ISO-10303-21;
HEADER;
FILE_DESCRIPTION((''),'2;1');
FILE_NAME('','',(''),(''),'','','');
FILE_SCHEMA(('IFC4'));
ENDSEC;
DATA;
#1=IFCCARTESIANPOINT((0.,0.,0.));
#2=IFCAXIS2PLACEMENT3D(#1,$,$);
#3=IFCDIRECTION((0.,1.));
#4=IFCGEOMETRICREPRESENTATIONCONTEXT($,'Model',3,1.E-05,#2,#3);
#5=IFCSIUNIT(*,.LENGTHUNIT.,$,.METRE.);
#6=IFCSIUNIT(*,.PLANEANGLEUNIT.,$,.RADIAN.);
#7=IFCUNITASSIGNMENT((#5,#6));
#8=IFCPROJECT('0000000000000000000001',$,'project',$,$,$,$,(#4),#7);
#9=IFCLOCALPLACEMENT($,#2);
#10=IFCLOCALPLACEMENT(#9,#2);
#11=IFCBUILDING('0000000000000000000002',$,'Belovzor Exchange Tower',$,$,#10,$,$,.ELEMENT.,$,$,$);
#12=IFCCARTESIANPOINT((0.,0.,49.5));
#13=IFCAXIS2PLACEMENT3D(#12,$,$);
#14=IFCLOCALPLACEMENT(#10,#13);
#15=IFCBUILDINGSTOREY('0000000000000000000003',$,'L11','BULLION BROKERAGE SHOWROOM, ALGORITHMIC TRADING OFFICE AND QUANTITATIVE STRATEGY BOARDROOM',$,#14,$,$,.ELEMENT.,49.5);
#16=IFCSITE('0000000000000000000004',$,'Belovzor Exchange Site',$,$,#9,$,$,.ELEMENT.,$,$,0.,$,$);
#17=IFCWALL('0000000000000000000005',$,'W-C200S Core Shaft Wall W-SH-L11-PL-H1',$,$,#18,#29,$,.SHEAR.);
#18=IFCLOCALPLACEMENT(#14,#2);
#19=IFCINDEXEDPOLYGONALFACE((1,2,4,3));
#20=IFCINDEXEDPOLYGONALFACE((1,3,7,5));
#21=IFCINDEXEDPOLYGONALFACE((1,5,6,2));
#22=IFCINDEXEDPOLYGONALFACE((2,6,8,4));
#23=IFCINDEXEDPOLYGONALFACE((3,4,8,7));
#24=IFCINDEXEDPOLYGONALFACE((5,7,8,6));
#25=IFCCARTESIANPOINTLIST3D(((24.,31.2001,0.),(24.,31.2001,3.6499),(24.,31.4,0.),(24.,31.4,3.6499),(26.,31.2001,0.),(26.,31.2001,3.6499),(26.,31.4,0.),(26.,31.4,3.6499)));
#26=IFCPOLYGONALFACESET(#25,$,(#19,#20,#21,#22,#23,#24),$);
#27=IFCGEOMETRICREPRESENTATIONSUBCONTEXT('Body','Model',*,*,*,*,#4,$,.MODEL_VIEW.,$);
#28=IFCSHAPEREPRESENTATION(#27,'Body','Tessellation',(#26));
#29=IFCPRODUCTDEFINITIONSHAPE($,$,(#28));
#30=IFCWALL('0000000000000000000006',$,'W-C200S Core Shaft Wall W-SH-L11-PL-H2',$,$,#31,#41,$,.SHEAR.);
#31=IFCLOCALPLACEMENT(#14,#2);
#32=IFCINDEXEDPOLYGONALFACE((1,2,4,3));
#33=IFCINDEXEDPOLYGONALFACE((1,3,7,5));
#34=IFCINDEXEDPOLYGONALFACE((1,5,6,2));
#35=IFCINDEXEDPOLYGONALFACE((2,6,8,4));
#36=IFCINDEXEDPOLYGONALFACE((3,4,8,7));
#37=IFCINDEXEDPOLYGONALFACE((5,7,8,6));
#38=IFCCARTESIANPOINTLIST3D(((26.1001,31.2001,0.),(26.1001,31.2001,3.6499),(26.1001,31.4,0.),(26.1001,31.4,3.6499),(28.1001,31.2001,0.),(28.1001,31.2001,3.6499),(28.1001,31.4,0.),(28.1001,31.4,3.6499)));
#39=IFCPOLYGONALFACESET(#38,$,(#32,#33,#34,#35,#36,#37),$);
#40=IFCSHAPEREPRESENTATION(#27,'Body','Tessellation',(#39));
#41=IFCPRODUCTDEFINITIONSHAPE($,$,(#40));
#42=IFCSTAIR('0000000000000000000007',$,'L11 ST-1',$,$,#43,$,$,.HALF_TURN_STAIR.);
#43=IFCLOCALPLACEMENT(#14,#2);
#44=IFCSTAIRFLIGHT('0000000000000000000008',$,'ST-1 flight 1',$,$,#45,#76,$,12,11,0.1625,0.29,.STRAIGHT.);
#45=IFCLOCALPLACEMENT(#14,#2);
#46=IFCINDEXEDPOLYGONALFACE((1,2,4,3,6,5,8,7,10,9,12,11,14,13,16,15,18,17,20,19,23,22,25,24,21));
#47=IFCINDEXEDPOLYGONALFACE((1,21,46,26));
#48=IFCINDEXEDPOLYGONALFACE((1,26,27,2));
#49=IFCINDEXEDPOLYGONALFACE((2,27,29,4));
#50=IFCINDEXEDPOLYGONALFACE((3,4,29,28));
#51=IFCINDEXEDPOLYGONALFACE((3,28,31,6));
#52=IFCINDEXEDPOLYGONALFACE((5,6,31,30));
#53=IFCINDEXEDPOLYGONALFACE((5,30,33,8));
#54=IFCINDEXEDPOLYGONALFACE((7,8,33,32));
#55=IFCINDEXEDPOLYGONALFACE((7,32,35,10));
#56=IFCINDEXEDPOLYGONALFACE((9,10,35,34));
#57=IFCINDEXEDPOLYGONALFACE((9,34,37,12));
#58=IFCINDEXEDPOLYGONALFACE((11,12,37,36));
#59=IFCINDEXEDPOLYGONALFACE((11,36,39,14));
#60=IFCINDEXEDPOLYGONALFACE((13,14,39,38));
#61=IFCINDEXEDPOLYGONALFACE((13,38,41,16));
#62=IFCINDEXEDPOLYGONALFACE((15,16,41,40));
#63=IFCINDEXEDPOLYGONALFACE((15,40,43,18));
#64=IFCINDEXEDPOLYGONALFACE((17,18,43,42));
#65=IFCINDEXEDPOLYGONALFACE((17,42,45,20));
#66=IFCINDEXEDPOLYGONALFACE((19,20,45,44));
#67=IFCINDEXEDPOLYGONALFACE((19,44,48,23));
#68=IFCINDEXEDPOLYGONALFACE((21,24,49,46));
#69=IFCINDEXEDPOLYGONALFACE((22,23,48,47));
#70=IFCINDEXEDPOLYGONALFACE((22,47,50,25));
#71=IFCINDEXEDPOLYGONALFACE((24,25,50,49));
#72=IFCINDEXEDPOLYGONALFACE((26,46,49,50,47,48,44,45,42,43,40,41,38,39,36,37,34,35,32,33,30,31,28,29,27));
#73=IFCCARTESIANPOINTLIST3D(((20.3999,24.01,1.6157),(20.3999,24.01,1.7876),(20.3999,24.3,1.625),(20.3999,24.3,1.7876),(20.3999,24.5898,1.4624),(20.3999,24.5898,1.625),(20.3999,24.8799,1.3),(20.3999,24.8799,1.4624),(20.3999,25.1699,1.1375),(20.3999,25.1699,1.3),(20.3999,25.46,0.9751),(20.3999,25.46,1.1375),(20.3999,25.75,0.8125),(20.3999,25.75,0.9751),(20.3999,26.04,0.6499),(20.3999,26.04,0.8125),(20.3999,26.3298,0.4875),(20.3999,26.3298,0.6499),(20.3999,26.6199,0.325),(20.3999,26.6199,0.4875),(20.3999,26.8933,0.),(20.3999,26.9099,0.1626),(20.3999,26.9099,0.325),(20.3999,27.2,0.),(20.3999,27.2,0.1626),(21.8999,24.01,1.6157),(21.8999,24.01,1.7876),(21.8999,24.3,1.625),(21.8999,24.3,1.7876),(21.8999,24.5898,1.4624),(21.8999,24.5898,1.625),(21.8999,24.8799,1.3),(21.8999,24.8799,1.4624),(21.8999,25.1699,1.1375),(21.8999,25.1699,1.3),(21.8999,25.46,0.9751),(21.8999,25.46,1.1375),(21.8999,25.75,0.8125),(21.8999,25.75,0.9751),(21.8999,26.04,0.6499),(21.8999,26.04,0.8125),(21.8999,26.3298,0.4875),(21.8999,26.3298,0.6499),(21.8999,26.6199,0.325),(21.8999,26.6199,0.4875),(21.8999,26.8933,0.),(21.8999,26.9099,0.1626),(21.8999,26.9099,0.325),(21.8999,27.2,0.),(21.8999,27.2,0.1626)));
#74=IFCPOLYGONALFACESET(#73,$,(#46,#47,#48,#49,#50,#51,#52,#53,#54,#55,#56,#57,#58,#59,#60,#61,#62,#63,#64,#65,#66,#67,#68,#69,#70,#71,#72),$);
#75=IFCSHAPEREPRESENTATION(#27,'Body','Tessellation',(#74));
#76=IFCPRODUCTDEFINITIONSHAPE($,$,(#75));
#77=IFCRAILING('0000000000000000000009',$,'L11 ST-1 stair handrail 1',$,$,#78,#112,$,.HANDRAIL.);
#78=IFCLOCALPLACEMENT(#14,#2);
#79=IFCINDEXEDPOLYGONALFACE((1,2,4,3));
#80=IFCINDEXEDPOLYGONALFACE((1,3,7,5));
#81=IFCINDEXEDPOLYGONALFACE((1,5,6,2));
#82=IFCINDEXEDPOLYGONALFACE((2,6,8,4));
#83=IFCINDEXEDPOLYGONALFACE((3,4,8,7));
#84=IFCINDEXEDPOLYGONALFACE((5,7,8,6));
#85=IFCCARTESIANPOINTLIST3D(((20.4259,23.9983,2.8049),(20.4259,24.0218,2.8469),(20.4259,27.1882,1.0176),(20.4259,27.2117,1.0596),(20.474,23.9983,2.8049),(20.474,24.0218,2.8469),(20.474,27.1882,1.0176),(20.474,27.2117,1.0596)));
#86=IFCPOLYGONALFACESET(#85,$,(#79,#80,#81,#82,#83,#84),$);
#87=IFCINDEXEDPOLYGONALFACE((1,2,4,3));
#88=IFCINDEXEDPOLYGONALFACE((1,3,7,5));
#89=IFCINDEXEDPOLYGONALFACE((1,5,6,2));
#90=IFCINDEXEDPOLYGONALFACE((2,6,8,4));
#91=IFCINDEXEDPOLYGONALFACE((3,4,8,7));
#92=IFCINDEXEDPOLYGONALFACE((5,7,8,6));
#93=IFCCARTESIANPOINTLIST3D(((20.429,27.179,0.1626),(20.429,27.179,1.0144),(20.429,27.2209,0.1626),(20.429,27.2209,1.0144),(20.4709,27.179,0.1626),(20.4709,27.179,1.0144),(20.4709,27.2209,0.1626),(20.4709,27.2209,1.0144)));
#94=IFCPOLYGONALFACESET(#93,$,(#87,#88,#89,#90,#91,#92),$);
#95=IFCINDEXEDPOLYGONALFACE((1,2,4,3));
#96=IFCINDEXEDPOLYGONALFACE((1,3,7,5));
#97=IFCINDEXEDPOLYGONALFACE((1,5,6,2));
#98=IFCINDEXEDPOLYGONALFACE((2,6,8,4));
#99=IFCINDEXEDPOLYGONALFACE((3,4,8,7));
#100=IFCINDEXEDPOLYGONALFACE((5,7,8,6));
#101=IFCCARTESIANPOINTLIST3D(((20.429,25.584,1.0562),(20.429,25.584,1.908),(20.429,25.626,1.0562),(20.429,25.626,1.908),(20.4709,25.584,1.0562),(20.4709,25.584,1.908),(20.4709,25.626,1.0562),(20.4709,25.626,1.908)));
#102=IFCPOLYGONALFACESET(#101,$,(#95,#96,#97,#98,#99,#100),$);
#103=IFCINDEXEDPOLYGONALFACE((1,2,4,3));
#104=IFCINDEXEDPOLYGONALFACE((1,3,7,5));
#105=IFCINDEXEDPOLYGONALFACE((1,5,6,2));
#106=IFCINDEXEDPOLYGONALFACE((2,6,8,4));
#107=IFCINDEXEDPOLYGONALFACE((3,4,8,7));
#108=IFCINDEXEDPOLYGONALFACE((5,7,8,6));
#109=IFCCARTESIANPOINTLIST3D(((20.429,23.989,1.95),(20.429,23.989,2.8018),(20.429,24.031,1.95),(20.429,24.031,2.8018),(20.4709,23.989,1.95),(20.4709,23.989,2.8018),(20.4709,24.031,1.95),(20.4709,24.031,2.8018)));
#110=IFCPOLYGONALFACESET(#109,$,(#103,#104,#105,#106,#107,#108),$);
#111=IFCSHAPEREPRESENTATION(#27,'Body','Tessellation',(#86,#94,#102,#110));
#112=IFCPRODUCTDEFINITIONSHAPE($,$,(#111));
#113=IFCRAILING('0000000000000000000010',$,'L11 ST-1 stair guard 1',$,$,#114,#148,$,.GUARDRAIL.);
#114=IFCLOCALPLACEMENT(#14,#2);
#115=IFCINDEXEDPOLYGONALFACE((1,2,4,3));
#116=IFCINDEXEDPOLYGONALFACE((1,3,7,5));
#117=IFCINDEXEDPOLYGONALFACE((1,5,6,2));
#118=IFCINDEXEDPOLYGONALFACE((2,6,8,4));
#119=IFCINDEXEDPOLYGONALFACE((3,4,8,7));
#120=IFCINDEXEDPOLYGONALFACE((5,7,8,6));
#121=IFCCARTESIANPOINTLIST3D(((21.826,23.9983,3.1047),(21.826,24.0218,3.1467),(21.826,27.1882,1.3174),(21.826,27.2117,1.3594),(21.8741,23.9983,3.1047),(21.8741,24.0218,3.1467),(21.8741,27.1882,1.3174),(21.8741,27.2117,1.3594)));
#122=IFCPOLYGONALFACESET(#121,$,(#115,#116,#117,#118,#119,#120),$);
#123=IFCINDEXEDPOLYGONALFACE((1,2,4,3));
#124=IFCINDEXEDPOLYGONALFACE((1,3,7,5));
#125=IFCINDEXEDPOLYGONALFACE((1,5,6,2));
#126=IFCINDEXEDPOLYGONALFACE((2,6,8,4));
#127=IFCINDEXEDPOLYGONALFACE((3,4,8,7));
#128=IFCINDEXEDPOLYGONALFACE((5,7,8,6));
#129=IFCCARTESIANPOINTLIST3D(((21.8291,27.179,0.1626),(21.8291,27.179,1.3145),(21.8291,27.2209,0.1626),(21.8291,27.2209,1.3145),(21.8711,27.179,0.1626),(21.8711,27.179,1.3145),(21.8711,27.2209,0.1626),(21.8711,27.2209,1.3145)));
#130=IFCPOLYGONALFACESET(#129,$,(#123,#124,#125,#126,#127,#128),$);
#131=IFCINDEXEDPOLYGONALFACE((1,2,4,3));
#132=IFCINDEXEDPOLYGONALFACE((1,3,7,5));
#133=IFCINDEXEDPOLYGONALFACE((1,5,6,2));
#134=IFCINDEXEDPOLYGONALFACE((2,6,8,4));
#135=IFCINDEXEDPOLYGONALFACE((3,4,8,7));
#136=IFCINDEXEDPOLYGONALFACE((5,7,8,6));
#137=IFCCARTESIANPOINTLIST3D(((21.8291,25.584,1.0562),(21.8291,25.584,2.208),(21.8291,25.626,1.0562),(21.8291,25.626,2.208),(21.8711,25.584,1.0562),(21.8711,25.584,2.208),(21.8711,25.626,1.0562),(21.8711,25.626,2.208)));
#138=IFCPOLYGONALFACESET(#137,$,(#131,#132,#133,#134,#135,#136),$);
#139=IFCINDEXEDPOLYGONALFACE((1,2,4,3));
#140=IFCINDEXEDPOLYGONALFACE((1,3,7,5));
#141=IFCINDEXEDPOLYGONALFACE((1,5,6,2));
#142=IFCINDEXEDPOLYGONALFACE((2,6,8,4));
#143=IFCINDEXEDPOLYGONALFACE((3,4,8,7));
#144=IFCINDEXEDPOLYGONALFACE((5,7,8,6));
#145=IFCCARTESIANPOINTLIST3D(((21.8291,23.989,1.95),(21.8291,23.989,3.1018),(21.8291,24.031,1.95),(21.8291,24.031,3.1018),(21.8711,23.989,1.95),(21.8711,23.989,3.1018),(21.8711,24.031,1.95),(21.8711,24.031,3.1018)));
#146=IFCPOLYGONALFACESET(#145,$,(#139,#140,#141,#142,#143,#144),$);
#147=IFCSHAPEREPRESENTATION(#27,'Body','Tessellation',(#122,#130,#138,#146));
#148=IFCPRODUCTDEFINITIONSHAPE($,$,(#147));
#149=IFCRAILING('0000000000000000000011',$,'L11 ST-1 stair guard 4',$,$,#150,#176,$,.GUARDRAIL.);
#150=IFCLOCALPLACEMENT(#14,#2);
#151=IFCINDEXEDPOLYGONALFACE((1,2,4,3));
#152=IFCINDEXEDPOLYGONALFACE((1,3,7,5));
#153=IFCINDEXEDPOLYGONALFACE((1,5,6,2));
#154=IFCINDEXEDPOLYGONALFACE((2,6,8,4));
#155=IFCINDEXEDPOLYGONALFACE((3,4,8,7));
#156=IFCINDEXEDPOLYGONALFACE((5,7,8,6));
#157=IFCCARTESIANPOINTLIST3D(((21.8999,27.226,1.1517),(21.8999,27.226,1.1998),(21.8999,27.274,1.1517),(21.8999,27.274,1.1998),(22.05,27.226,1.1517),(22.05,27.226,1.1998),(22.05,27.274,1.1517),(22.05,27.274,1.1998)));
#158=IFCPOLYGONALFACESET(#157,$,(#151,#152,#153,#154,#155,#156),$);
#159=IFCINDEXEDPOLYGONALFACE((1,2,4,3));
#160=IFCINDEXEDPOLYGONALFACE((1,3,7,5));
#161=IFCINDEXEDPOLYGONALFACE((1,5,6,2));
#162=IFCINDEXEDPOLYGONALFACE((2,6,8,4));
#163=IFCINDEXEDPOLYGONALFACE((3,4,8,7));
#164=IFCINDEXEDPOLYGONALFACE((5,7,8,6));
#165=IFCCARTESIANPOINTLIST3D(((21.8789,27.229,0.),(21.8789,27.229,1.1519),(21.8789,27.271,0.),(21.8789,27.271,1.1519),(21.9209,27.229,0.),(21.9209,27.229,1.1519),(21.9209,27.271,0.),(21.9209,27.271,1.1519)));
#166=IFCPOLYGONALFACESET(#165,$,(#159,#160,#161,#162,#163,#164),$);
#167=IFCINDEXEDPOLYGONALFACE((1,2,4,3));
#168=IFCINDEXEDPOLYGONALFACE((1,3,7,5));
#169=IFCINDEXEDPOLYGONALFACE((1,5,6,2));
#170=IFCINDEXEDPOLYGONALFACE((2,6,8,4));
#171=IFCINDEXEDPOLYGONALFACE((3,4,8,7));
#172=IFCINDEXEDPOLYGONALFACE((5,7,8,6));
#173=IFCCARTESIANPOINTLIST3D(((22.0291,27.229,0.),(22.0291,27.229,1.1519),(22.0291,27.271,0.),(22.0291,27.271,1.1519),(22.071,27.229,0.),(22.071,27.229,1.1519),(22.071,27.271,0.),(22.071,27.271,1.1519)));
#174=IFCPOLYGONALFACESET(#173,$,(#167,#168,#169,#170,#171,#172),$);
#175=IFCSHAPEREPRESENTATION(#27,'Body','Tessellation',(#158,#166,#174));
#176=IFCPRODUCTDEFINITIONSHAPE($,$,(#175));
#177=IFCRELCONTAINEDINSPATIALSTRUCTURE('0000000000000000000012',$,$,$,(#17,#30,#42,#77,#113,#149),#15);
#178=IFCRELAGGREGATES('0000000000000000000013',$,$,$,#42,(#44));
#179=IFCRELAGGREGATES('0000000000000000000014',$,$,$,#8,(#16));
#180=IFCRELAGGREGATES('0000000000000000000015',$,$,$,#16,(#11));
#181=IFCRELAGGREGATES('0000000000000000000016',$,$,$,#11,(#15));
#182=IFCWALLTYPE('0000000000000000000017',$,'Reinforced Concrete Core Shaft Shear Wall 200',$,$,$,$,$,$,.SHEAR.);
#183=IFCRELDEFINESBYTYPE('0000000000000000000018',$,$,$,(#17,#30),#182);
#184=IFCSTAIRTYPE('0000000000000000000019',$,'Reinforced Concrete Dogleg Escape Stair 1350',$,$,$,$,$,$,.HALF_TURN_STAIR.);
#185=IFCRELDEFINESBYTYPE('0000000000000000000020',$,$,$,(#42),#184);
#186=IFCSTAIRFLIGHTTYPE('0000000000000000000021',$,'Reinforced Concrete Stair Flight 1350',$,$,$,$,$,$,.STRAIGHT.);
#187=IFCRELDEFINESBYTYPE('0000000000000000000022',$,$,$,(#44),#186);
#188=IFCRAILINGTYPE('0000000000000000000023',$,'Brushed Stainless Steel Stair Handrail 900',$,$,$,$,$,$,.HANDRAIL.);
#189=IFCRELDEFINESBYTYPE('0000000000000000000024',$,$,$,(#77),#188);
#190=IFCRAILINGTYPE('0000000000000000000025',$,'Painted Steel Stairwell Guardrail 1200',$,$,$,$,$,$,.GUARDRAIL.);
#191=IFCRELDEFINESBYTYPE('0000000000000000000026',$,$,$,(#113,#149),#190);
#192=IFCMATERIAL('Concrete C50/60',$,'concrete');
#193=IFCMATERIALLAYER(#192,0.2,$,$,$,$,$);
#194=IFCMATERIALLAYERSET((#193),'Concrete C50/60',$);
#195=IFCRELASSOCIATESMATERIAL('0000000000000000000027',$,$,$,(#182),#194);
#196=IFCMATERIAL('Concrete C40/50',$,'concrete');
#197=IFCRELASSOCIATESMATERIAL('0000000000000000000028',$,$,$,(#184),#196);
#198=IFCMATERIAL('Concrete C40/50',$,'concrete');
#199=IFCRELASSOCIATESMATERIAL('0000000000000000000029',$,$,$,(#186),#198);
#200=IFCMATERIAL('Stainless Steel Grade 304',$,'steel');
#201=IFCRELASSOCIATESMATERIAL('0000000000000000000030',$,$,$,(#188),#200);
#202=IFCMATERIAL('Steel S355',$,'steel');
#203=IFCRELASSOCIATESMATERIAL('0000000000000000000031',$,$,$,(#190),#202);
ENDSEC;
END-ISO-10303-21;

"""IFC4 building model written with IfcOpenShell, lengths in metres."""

from ifc_helpers import new_model, si_unit, direction, frame, frame_2d, origin, origin_2d, place, context, subcontext, project, spatial, polyline, rectangle, outline, extrude, material, layer, layer_set, type_object, element, aggregate, save


model = new_model("IFC4")

# Units and contexts
model_context = context("Model", 3, precision=1e-05, world=origin(), true_north=direction((0.0, 1.0)))
body_context = subcontext(model_context, "Body", "Model", "MODEL_VIEW")
ifc_project = project(units=[si_unit("LENGTHUNIT", "METRE"), si_unit("PLANEANGLEUNIT", "RADIAN")], contexts=[model_context])

# Site, building, storey
site_placement = place(None, origin())
site = spatial("IfcSite", under=ifc_project, at=site_placement, Name="Belovzor Exchange Site", CompositionType="ELEMENT", RefElevation=0.0)
building_placement = place(site_placement, origin())
building = spatial("IfcBuilding", under=site, at=building_placement, Name="Belovzor Exchange Tower", CompositionType="ELEMENT")
storey_placement = place(building_placement, frame((0.0, 0.0, 49.5)))
storey = spatial("IfcBuildingStorey", under=building, at=storey_placement, Name="L11", Description="BULLION BROKERAGE SHOWROOM, ALGORITHMIC TRADING OFFICE AND QUANTITATIVE STRATEGY BOARDROOM", CompositionType="ELEMENT", Elevation=49.5)

# Shared definitions
ifc_material_1 = material(Name="Concrete C50/60", Category="concrete")
ifc_layer_1 = layer(ifc_material_1, 0.2)
ifc_layer_set_1 = layer_set([ifc_layer_1], Name="Concrete C50/60")
wall_type_1 = type_object("IfcWallType", Name="Reinforced Concrete Core Shaft Shear Wall 200", PredefinedType="SHEAR", material=ifc_layer_set_1)

# Walls
for number, where, z_axis, x_axis, name in (
    (1, (24.0, 31.3, 0.0), (0.0, 0.0, 1.0), (1.0, 0.0, 0.0), "W-C200S Core Shaft Wall W-SH-L11-PL-H1"),
    (2, (26.1001, 31.3, 0.0), (0.0, 0.0, 1.0), (1.0, 0.0, 0.0), "W-C200S Core Shaft Wall W-SH-L11-PL-H2"),
):
    element("IfcWall", number, at=place(storey_placement, frame(where, z_axis=z_axis, x_axis=x_axis)), inside=storey, type_object=wall_type_1, Name=name, PredefinedType="SHEAR", context=body_context, shape_type="SweptSolid", body=[
        extrude(rectangle(XDim=2.0, YDim=0.2, at=frame_2d((1.0, 0.0))), origin(), (0.0, 0.0, 1.0), 3.6499),
    ])

# Stair, stair flight
ifc_material_2 = material(Name="Concrete C40/50", Category="concrete")
stair_type = type_object("IfcStairType", Name="Reinforced Concrete Dogleg Escape Stair 1350", PredefinedType="HALF_TURN_STAIR", material=ifc_material_2)
stair_placement = place(storey_placement, origin())
stair = element("IfcStair", 3, at=stair_placement, inside=storey, type_object=stair_type, Name="L11 ST-1", PredefinedType="HALF_TURN_STAIR")
ifc_material_3 = material(Name="Concrete C40/50", Category="concrete")
stair_flight_type = type_object("IfcStairFlightType", Name="Reinforced Concrete Stair Flight 1350", PredefinedType="STRAIGHT", material=ifc_material_3)
stair_flight_placement = place(storey_placement, frame((21.1499, 27.2, 0.0), z_axis=(0.0, 0.0, 1.0), x_axis=(0.0, -1.0, 0.0)))
stair_flight = element("IfcStairFlight", 4, at=stair_flight_placement, type_object=stair_flight_type, Name="ST-1 flight 1", NumberOfRisers=12, NumberOfTreads=11, PredefinedType="STRAIGHT", RiserHeight=0.1625, TreadLength=0.29, context=body_context, shape_type="SweptSolid", body=[
    extrude(outline(polyline([(0.0, 0.0), (0.0, 0.1626), (0.29, 0.1626), (0.29, 0.325), (0.5801, 0.325), (0.5801, 0.4875), (0.8701, 0.4875), (0.8701, 0.6499), (1.1599, 0.6499), (1.1599, 0.8125), (1.45, 0.8125), (1.45, 0.9751), (1.74, 0.9751), (1.74, 1.1375), (2.03, 1.1375), (2.03, 1.3), (2.3201, 1.3), (2.3201, 1.4624), (2.6101, 1.4624), (2.6101, 1.625), (2.8999, 1.625), (2.8999, 1.7876), (3.1899, 1.7876), (3.1899, 1.95), (3.1899, 1.6157), (0.3066, 0.0), (0.0, 0.0)])), frame((0.0, 0.75, 0.0), z_axis=(0.0, -1.0, 0.0), x_axis=(1.0, 0.0, 0.0)), (0.0, 0.0, 1.0), 1.5),
])
aggregate(stair, [stair_flight])

# Railings
ifc_material_4 = material(Name="Stainless Steel Grade 304", Category="steel")
railing_type_1 = type_object("IfcRailingType", Name="Brushed Stainless Steel Stair Handrail 900", PredefinedType="HANDRAIL", material=ifc_material_4)
railing_1_placement = place(storey_placement, frame((20.45, 27.2, 0.1626)))
element("IfcRailing", 5, at=railing_1_placement, inside=storey, type_object=railing_type_1, Name="L11 ST-1 stair handrail 1", PredefinedType="HANDRAIL", context=body_context, shape_type="SweptSolid", body=[
    extrude(rectangle(XDim=0.0481, YDim=0.0481, at=origin_2d()), frame((0.0, 0.0, 0.876), z_axis=(0.0, -0.872391, 0.488809), x_axis=(1.0, 0.0, 0.0)), (0.0, 0.0, 1.0), 3.6565),
    extrude(rectangle(XDim=0.042, YDim=0.042, at=origin_2d()), origin(), (0.0, 0.0, 1.0), 0.8518),
    extrude(rectangle(XDim=0.042, YDim=0.042, at=origin_2d()), frame((0.0, -1.595, 0.8936)), (0.0, 0.0, 1.0), 0.8518),
    extrude(rectangle(XDim=0.042, YDim=0.042, at=origin_2d()), frame((0.0, -3.1899, 1.7874)), (0.0, 0.0, 1.0), 0.8518),
])
ifc_material_5 = material(Name="Steel S355", Category="steel")
railing_type_2 = type_object("IfcRailingType", Name="Painted Steel Stairwell Guardrail 1200", PredefinedType="GUARDRAIL", material=ifc_material_5)
railing_2_placement = place(storey_placement, frame((21.8501, 27.2, 0.1626)))
element("IfcRailing", 6, at=railing_2_placement, inside=storey, type_object=railing_type_2, Name="L11 ST-1 stair guard 1", PredefinedType="GUARDRAIL", context=body_context, shape_type="SweptSolid", body=[
    extrude(rectangle(XDim=0.0481, YDim=0.0481, at=origin_2d()), frame((0.0, 0.0, 1.1758), z_axis=(0.0, -0.872391, 0.488809), x_axis=(1.0, 0.0, 0.0)), (0.0, 0.0, 1.0), 3.6565),
    extrude(rectangle(XDim=0.042, YDim=0.042, at=origin_2d()), origin(), (0.0, 0.0, 1.0), 1.1519),
    extrude(rectangle(XDim=0.042, YDim=0.042, at=origin_2d()), frame((0.0, -1.595, 0.8936)), (0.0, 0.0, 1.0), 1.1519),
    extrude(rectangle(XDim=0.042, YDim=0.042, at=origin_2d()), frame((0.0, -3.1899, 1.7874)), (0.0, 0.0, 1.0), 1.1519),
])
railing_3_placement = place(storey_placement, frame((21.8999, 27.25, 0.0)))
element("IfcRailing", 7, at=railing_3_placement, inside=storey, type_object=railing_type_2, Name="L11 ST-1 stair guard 4", PredefinedType="GUARDRAIL", context=body_context, shape_type="SweptSolid", body=[
    extrude(rectangle(XDim=0.0481, YDim=0.0481, at=origin_2d()), frame((0.0, 0.0, 1.1758), z_axis=(1.0, 0.0, 0.0), x_axis=(0.0, 1.0, 0.0)), (0.0, 0.0, 1.0), 0.1501),
    extrude(rectangle(XDim=0.042, YDim=0.042, at=origin_2d()), origin(), (0.0, 0.0, 1.0), 1.1519),
    extrude(rectangle(XDim=0.042, YDim=0.042, at=origin_2d()), frame((0.1501, 0.0, 0.0)), (0.0, 0.0, 1.0), 1.1519),
])

save(model, "model.ifc")
